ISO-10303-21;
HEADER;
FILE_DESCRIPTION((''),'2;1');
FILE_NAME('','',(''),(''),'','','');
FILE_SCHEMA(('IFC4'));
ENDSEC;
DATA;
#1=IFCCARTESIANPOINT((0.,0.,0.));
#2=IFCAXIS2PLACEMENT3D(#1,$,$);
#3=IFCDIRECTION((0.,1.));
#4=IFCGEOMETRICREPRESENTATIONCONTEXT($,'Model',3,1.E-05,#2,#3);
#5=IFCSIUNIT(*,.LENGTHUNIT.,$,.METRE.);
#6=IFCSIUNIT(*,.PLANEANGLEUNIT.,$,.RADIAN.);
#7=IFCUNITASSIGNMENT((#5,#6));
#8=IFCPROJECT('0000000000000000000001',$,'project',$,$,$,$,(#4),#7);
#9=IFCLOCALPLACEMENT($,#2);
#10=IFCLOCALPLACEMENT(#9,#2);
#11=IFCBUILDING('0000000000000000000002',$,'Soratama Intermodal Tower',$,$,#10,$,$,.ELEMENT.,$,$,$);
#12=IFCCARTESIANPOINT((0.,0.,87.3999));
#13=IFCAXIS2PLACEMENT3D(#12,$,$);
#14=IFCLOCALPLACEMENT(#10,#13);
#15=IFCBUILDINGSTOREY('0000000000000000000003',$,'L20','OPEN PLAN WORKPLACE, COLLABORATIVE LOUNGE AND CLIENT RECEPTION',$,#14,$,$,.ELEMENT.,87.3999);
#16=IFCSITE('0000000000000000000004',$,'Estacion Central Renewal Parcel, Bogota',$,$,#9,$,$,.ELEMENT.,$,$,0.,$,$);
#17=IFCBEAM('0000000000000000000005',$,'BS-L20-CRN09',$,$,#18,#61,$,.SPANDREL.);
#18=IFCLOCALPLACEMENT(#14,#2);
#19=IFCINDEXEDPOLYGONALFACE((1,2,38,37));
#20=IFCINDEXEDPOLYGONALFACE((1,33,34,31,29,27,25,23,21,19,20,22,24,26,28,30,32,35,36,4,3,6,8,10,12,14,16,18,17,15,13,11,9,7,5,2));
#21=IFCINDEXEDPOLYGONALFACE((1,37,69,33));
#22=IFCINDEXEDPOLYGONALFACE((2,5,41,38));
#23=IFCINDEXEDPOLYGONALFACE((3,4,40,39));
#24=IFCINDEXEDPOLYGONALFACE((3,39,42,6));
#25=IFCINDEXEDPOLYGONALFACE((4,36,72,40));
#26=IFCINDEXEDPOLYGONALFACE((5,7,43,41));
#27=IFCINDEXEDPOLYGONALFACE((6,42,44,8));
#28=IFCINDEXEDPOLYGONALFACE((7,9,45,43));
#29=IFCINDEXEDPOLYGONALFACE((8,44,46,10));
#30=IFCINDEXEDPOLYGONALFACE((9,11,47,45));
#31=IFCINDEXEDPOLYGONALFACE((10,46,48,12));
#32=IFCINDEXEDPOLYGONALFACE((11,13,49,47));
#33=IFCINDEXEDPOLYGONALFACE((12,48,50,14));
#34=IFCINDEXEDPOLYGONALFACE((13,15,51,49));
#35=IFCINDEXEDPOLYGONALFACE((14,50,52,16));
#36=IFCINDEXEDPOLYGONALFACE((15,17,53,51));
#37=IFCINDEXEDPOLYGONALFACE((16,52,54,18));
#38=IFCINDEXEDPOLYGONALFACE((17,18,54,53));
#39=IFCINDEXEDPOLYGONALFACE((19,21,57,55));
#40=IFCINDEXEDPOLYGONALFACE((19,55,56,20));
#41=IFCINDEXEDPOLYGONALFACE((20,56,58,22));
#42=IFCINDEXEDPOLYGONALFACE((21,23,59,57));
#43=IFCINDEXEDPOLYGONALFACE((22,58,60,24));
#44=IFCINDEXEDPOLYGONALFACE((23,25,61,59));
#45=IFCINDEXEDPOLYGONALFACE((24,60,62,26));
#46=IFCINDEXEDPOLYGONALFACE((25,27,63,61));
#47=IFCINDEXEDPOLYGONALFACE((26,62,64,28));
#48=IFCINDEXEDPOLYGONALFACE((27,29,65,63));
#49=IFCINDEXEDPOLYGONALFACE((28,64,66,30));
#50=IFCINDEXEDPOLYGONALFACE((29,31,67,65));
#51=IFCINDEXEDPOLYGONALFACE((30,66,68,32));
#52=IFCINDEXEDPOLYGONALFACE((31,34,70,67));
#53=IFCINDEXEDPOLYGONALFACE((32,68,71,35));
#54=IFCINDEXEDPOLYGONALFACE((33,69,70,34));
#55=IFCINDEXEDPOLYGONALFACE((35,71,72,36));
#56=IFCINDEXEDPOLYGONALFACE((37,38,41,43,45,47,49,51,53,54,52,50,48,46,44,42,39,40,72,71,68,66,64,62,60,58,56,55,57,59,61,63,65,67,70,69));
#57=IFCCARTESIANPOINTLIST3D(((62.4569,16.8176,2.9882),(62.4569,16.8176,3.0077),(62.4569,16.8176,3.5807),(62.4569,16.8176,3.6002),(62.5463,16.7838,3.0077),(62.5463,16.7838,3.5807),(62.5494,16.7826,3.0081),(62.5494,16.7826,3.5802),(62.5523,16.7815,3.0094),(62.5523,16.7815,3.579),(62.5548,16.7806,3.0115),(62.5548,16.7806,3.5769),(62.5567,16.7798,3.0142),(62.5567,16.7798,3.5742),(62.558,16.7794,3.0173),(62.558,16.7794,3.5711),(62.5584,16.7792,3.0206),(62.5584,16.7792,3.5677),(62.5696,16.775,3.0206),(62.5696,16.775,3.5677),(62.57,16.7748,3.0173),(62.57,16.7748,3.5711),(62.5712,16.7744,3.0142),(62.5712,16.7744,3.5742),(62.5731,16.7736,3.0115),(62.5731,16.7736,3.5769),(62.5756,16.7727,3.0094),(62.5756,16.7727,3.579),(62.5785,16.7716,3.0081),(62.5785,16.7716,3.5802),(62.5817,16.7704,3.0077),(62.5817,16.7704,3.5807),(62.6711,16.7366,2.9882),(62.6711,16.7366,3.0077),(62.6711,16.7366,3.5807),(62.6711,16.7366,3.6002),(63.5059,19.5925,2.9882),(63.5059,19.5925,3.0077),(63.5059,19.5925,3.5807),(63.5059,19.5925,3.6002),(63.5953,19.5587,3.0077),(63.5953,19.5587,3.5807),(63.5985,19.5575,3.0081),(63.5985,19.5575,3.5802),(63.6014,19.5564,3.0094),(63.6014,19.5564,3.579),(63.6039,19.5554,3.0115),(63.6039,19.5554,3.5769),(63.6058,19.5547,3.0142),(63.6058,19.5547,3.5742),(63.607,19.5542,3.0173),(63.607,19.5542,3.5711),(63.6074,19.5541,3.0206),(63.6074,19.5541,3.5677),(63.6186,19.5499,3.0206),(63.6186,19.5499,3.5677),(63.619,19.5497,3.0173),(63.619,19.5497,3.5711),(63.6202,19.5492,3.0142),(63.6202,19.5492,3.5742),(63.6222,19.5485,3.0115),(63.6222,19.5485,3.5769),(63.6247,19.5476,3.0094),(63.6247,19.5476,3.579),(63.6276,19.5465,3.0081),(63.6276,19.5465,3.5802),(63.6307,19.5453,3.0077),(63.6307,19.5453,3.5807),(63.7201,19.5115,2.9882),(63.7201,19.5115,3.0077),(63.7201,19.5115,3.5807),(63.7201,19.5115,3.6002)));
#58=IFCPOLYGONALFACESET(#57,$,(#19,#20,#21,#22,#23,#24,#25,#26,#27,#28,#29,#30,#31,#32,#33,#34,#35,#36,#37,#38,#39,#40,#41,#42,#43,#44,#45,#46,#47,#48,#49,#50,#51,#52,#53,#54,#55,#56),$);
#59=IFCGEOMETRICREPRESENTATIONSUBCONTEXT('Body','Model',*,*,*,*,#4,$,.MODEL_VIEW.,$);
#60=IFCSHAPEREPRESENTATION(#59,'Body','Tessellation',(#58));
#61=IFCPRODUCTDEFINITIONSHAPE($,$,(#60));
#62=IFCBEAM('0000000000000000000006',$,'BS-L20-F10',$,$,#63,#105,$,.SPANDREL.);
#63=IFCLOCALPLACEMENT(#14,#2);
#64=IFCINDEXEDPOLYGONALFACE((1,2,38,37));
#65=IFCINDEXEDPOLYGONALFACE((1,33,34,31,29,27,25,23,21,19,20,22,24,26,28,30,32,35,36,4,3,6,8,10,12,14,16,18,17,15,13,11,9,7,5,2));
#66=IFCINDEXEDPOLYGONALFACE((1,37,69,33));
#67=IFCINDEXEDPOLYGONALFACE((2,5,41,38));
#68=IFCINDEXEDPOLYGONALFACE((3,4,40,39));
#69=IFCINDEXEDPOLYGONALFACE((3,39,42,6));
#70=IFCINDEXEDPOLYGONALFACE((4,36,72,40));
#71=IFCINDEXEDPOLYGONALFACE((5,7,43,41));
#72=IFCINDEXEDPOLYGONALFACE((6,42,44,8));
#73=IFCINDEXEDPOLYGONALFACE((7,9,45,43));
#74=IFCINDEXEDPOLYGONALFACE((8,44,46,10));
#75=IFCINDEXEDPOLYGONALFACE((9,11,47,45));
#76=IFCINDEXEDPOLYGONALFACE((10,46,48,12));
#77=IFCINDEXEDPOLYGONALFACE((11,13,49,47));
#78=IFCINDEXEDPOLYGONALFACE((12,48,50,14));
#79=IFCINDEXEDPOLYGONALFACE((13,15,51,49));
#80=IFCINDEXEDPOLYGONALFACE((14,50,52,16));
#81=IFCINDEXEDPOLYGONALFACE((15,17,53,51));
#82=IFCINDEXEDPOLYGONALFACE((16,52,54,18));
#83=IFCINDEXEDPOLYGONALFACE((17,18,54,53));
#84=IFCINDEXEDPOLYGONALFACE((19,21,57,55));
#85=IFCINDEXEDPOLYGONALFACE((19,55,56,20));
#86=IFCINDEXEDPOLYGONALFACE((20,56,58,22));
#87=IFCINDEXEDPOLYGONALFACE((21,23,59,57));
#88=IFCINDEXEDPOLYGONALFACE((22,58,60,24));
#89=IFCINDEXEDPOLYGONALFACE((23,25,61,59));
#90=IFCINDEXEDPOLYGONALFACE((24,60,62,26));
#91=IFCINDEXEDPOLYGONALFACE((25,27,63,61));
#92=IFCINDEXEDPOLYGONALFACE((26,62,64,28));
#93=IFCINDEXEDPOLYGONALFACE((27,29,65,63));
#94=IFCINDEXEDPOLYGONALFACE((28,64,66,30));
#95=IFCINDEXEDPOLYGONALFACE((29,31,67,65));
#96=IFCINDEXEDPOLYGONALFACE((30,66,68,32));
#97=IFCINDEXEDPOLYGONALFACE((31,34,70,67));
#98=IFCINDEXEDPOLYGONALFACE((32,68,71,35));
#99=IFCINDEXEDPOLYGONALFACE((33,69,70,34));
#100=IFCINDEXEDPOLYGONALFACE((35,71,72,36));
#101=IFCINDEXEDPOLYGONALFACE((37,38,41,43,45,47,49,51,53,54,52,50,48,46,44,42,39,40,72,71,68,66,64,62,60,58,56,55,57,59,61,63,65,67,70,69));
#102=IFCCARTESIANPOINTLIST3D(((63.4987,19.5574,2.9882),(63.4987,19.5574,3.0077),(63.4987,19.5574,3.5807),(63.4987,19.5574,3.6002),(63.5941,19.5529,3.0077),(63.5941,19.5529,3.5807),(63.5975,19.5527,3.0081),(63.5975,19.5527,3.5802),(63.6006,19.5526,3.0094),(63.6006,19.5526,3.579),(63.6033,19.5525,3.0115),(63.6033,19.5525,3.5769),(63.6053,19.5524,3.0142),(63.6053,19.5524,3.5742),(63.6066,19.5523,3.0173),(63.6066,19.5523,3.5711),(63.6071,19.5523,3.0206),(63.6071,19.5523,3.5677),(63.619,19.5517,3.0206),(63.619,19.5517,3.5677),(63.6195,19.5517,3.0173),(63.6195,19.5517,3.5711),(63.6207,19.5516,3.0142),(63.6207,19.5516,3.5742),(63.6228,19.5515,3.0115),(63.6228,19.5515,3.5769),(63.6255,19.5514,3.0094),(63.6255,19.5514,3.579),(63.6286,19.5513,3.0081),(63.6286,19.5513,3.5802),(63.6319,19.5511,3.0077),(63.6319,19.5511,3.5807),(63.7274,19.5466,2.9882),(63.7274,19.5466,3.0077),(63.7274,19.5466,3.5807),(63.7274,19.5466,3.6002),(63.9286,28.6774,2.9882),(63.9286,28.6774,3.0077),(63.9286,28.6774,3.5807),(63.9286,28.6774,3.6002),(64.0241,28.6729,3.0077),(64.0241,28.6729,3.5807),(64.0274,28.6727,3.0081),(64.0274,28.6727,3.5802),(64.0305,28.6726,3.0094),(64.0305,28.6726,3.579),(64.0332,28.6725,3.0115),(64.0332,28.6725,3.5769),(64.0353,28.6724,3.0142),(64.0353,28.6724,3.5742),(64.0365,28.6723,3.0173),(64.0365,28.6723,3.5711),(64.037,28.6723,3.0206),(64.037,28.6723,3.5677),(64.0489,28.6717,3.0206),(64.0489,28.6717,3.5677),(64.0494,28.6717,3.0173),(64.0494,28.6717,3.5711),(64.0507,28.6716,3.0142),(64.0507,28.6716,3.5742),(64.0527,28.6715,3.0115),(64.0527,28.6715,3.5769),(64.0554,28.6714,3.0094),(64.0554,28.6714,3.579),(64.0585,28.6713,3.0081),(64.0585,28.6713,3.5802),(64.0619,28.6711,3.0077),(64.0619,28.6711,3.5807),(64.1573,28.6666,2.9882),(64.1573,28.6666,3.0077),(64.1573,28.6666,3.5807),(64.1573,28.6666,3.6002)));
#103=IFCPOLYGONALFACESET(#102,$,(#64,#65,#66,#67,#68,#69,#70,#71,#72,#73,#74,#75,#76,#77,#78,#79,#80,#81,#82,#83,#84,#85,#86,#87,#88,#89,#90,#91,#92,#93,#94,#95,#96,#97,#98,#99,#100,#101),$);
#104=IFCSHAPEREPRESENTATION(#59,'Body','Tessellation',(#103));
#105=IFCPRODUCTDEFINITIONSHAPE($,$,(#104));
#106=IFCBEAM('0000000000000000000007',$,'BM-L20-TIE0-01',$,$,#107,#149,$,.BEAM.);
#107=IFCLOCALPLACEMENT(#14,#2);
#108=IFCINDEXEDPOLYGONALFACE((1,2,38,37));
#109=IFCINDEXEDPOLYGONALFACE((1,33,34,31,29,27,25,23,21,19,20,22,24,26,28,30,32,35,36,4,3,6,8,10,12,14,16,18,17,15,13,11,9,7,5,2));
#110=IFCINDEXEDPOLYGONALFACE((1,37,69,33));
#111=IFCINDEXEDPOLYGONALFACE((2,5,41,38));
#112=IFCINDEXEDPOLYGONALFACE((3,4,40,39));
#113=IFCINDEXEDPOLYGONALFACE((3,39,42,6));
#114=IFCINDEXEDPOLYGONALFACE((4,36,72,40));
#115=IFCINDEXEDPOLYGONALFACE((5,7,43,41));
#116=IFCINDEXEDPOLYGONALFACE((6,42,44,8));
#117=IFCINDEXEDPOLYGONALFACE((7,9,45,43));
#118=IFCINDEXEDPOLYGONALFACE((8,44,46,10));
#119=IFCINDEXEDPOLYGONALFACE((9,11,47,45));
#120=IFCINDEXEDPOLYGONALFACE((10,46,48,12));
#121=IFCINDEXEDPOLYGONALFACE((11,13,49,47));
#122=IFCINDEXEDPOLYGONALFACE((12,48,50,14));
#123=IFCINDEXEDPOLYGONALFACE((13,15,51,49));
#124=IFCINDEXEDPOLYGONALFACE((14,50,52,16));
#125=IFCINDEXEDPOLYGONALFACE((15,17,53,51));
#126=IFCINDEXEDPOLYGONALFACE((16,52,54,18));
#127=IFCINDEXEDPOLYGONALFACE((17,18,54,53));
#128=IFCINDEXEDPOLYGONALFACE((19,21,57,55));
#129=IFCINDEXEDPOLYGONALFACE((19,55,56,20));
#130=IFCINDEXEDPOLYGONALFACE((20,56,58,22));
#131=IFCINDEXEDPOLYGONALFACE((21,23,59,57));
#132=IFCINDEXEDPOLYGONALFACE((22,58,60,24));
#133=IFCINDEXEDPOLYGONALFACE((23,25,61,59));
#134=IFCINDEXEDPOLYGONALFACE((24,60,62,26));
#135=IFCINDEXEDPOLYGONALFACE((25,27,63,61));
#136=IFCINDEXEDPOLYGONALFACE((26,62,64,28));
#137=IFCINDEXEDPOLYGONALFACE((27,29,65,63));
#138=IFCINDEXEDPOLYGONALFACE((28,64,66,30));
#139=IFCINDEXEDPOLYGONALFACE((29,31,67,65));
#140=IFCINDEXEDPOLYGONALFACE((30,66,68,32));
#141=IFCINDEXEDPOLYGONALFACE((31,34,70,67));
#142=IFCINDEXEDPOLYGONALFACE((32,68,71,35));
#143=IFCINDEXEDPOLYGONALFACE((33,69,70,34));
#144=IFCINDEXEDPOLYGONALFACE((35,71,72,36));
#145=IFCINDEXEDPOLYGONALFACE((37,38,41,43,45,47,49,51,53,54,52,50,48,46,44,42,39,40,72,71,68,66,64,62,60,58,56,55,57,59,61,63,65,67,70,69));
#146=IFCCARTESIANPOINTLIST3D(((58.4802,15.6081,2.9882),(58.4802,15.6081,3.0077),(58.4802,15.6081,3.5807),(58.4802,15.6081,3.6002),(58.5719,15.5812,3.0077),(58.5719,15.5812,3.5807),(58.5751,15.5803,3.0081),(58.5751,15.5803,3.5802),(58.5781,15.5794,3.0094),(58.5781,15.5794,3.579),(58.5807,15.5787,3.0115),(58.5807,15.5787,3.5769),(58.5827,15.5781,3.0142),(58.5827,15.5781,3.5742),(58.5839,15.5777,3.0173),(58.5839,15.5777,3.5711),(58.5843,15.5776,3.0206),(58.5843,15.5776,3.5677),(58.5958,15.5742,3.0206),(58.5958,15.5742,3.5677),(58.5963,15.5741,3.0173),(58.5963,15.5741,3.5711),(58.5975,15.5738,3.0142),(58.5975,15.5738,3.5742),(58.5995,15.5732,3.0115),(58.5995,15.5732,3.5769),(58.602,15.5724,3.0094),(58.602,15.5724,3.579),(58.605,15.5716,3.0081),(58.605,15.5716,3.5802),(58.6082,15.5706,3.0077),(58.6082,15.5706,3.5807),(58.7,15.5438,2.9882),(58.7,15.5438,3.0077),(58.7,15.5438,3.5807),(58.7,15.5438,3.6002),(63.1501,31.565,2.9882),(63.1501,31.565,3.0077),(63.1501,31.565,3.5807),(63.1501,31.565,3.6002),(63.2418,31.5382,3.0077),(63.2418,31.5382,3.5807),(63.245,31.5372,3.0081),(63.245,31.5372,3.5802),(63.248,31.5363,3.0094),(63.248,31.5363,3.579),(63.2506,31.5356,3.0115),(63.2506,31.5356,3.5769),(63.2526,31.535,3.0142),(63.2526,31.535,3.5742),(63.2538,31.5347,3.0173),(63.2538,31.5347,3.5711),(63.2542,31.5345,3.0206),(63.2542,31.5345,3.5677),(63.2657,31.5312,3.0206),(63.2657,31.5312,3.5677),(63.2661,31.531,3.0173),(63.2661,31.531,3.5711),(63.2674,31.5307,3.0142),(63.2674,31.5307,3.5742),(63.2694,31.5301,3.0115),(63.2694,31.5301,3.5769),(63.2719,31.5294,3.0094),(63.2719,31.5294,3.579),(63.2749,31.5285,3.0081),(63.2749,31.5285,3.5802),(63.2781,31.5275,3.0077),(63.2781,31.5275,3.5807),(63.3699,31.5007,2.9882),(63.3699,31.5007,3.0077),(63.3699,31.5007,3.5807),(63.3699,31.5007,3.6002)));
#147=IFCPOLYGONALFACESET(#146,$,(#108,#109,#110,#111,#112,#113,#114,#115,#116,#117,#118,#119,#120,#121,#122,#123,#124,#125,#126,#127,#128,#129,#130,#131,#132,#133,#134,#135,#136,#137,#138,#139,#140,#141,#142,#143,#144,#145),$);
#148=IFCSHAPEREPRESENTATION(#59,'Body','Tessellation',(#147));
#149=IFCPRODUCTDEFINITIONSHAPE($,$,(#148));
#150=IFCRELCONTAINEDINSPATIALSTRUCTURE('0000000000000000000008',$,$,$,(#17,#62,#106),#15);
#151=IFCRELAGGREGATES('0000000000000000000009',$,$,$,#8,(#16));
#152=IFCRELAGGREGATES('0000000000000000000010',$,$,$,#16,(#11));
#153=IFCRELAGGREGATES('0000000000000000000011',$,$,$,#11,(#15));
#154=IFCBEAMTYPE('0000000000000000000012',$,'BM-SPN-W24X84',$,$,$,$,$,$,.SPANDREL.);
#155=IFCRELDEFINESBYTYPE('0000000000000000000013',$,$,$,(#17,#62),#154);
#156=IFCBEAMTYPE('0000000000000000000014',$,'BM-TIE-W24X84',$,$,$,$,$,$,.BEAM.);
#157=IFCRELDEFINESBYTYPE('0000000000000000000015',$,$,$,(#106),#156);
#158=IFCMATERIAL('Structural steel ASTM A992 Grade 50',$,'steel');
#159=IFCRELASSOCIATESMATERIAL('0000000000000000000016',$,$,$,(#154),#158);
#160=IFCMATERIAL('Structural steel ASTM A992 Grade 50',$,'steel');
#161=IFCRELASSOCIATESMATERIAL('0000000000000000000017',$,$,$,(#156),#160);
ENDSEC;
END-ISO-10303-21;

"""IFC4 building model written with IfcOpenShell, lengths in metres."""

from ifc_helpers import new_model, si_unit, direction, frame, origin, origin_2d, place, context, subcontext, project, spatial, i_section, extrude, material, material_profile, profile_set, type_object, element, save


model = new_model("IFC4")

# Units and contexts
model_context = context("Model", 3, precision=1e-05, world=origin(), true_north=direction((0.0, 1.0)))
body_context = subcontext(model_context, "Body", "Model", "MODEL_VIEW")
ifc_project = project(units=[si_unit("LENGTHUNIT", "METRE"), si_unit("PLANEANGLEUNIT", "RADIAN")], contexts=[model_context])

# Site, building, storey
site_placement = place(None, origin())
site = spatial("IfcSite", under=ifc_project, at=site_placement, Name="Estacion Central Renewal Parcel, Bogota", CompositionType="ELEMENT", RefElevation=0.0)
building_placement = place(site_placement, origin())
building = spatial("IfcBuilding", under=site, at=building_placement, Name="Soratama Intermodal Tower", CompositionType="ELEMENT")
storey_placement = place(building_placement, frame((0.0, 0.0, 87.3999)))
storey = spatial("IfcBuildingStorey", under=building, at=storey_placement, Name="L20", Description="OPEN PLAN WORKPLACE, COLLABORATIVE LOUNGE AND CLIENT RECEPTION", CompositionType="ELEMENT", Elevation=87.3999)

# Beams
ifc_material_1 = material(Name="Structural steel ASTM A992 Grade 50", Category="steel")
ifc_material_profile_1 = material_profile(ifc_material_1, i_section(OverallWidth=0.229, OverallDepth=0.6121, WebThickness=0.012, FlangeThickness=0.0195, FilletRadius=0.0129, at=origin_2d()), Name="W24X84")
ifc_profile_set_1 = profile_set([ifc_material_profile_1], Name="Structural steel ASTM A992 Grade 50")
beam_type_1 = type_object("IfcBeamType", Name="BM-SPN-W24X84", PredefinedType="SPANDREL", material=ifc_profile_set_1)
beam_1_placement = place(storey_placement, frame((62.564, 16.7771, 3.2942), z_axis=(0.353629, 0.935386, 0.0), x_axis=(-0.935386, 0.353629, 0.0)))
element("IfcBeam", 1, at=beam_1_placement, inside=storey, type_object=beam_type_1, Name="BS-L20-CRN09", PredefinedType="SPANDREL", context=body_context, shape_type="SweptSolid", body=[
    extrude(i_section(OverallWidth=0.229, OverallDepth=0.6121, WebThickness=0.012, FlangeThickness=0.0195, FilletRadius=0.0129, at=origin_2d()), origin(), (0.0, 0.0, 1.0), 2.9666),
])
beam_2_placement = place(storey_placement, frame((63.613, 19.552, 3.2942), z_axis=(0.047089, 0.998891, 0.0), x_axis=(-0.998891, 0.047089, 0.0)))
element("IfcBeam", 2, at=beam_2_placement, inside=storey, type_object=beam_type_1, Name="BS-L20-F10", PredefinedType="SPANDREL", context=body_context, shape_type="SweptSolid", body=[
    extrude(i_section(OverallWidth=0.229, OverallDepth=0.6121, WebThickness=0.012, FlangeThickness=0.0195, FilletRadius=0.0129, at=origin_2d()), origin(), (0.0, 0.0, 1.0), 9.1301),
])
ifc_material_2 = material(Name="Structural steel ASTM A992 Grade 50", Category="steel")
ifc_material_profile_2 = material_profile(ifc_material_2, i_section(OverallWidth=0.229, OverallDepth=0.6121, WebThickness=0.012, FlangeThickness=0.0195, FilletRadius=0.0129, at=origin_2d()), Name="W24X84")
ifc_profile_set_2 = profile_set([ifc_material_profile_2], Name="Structural steel ASTM A992 Grade 50")
beam_type_2 = type_object("IfcBeamType", Name="BM-TIE-W24X84", PredefinedType="BEAM", material=ifc_profile_set_2)
beam_3_placement = place(storey_placement, frame((58.5901, 15.5759, 3.2942), z_axis=(0.280875, 0.959744, 0.0), x_axis=(-0.959744, 0.280875, 0.0)))
element("IfcBeam", 3, at=beam_3_placement, inside=storey, type_object=beam_type_2, Name="BM-L20-TIE0-01", PredefinedType="BEAM", context=body_context, shape_type="SweptSolid", body=[
    extrude(i_section(OverallWidth=0.229, OverallDepth=0.6121, WebThickness=0.012, FlangeThickness=0.0195, FilletRadius=0.0129, at=origin_2d()), origin(), (0.0, 0.0, 1.0), 16.6262),
])

save(model, "model.ifc")
